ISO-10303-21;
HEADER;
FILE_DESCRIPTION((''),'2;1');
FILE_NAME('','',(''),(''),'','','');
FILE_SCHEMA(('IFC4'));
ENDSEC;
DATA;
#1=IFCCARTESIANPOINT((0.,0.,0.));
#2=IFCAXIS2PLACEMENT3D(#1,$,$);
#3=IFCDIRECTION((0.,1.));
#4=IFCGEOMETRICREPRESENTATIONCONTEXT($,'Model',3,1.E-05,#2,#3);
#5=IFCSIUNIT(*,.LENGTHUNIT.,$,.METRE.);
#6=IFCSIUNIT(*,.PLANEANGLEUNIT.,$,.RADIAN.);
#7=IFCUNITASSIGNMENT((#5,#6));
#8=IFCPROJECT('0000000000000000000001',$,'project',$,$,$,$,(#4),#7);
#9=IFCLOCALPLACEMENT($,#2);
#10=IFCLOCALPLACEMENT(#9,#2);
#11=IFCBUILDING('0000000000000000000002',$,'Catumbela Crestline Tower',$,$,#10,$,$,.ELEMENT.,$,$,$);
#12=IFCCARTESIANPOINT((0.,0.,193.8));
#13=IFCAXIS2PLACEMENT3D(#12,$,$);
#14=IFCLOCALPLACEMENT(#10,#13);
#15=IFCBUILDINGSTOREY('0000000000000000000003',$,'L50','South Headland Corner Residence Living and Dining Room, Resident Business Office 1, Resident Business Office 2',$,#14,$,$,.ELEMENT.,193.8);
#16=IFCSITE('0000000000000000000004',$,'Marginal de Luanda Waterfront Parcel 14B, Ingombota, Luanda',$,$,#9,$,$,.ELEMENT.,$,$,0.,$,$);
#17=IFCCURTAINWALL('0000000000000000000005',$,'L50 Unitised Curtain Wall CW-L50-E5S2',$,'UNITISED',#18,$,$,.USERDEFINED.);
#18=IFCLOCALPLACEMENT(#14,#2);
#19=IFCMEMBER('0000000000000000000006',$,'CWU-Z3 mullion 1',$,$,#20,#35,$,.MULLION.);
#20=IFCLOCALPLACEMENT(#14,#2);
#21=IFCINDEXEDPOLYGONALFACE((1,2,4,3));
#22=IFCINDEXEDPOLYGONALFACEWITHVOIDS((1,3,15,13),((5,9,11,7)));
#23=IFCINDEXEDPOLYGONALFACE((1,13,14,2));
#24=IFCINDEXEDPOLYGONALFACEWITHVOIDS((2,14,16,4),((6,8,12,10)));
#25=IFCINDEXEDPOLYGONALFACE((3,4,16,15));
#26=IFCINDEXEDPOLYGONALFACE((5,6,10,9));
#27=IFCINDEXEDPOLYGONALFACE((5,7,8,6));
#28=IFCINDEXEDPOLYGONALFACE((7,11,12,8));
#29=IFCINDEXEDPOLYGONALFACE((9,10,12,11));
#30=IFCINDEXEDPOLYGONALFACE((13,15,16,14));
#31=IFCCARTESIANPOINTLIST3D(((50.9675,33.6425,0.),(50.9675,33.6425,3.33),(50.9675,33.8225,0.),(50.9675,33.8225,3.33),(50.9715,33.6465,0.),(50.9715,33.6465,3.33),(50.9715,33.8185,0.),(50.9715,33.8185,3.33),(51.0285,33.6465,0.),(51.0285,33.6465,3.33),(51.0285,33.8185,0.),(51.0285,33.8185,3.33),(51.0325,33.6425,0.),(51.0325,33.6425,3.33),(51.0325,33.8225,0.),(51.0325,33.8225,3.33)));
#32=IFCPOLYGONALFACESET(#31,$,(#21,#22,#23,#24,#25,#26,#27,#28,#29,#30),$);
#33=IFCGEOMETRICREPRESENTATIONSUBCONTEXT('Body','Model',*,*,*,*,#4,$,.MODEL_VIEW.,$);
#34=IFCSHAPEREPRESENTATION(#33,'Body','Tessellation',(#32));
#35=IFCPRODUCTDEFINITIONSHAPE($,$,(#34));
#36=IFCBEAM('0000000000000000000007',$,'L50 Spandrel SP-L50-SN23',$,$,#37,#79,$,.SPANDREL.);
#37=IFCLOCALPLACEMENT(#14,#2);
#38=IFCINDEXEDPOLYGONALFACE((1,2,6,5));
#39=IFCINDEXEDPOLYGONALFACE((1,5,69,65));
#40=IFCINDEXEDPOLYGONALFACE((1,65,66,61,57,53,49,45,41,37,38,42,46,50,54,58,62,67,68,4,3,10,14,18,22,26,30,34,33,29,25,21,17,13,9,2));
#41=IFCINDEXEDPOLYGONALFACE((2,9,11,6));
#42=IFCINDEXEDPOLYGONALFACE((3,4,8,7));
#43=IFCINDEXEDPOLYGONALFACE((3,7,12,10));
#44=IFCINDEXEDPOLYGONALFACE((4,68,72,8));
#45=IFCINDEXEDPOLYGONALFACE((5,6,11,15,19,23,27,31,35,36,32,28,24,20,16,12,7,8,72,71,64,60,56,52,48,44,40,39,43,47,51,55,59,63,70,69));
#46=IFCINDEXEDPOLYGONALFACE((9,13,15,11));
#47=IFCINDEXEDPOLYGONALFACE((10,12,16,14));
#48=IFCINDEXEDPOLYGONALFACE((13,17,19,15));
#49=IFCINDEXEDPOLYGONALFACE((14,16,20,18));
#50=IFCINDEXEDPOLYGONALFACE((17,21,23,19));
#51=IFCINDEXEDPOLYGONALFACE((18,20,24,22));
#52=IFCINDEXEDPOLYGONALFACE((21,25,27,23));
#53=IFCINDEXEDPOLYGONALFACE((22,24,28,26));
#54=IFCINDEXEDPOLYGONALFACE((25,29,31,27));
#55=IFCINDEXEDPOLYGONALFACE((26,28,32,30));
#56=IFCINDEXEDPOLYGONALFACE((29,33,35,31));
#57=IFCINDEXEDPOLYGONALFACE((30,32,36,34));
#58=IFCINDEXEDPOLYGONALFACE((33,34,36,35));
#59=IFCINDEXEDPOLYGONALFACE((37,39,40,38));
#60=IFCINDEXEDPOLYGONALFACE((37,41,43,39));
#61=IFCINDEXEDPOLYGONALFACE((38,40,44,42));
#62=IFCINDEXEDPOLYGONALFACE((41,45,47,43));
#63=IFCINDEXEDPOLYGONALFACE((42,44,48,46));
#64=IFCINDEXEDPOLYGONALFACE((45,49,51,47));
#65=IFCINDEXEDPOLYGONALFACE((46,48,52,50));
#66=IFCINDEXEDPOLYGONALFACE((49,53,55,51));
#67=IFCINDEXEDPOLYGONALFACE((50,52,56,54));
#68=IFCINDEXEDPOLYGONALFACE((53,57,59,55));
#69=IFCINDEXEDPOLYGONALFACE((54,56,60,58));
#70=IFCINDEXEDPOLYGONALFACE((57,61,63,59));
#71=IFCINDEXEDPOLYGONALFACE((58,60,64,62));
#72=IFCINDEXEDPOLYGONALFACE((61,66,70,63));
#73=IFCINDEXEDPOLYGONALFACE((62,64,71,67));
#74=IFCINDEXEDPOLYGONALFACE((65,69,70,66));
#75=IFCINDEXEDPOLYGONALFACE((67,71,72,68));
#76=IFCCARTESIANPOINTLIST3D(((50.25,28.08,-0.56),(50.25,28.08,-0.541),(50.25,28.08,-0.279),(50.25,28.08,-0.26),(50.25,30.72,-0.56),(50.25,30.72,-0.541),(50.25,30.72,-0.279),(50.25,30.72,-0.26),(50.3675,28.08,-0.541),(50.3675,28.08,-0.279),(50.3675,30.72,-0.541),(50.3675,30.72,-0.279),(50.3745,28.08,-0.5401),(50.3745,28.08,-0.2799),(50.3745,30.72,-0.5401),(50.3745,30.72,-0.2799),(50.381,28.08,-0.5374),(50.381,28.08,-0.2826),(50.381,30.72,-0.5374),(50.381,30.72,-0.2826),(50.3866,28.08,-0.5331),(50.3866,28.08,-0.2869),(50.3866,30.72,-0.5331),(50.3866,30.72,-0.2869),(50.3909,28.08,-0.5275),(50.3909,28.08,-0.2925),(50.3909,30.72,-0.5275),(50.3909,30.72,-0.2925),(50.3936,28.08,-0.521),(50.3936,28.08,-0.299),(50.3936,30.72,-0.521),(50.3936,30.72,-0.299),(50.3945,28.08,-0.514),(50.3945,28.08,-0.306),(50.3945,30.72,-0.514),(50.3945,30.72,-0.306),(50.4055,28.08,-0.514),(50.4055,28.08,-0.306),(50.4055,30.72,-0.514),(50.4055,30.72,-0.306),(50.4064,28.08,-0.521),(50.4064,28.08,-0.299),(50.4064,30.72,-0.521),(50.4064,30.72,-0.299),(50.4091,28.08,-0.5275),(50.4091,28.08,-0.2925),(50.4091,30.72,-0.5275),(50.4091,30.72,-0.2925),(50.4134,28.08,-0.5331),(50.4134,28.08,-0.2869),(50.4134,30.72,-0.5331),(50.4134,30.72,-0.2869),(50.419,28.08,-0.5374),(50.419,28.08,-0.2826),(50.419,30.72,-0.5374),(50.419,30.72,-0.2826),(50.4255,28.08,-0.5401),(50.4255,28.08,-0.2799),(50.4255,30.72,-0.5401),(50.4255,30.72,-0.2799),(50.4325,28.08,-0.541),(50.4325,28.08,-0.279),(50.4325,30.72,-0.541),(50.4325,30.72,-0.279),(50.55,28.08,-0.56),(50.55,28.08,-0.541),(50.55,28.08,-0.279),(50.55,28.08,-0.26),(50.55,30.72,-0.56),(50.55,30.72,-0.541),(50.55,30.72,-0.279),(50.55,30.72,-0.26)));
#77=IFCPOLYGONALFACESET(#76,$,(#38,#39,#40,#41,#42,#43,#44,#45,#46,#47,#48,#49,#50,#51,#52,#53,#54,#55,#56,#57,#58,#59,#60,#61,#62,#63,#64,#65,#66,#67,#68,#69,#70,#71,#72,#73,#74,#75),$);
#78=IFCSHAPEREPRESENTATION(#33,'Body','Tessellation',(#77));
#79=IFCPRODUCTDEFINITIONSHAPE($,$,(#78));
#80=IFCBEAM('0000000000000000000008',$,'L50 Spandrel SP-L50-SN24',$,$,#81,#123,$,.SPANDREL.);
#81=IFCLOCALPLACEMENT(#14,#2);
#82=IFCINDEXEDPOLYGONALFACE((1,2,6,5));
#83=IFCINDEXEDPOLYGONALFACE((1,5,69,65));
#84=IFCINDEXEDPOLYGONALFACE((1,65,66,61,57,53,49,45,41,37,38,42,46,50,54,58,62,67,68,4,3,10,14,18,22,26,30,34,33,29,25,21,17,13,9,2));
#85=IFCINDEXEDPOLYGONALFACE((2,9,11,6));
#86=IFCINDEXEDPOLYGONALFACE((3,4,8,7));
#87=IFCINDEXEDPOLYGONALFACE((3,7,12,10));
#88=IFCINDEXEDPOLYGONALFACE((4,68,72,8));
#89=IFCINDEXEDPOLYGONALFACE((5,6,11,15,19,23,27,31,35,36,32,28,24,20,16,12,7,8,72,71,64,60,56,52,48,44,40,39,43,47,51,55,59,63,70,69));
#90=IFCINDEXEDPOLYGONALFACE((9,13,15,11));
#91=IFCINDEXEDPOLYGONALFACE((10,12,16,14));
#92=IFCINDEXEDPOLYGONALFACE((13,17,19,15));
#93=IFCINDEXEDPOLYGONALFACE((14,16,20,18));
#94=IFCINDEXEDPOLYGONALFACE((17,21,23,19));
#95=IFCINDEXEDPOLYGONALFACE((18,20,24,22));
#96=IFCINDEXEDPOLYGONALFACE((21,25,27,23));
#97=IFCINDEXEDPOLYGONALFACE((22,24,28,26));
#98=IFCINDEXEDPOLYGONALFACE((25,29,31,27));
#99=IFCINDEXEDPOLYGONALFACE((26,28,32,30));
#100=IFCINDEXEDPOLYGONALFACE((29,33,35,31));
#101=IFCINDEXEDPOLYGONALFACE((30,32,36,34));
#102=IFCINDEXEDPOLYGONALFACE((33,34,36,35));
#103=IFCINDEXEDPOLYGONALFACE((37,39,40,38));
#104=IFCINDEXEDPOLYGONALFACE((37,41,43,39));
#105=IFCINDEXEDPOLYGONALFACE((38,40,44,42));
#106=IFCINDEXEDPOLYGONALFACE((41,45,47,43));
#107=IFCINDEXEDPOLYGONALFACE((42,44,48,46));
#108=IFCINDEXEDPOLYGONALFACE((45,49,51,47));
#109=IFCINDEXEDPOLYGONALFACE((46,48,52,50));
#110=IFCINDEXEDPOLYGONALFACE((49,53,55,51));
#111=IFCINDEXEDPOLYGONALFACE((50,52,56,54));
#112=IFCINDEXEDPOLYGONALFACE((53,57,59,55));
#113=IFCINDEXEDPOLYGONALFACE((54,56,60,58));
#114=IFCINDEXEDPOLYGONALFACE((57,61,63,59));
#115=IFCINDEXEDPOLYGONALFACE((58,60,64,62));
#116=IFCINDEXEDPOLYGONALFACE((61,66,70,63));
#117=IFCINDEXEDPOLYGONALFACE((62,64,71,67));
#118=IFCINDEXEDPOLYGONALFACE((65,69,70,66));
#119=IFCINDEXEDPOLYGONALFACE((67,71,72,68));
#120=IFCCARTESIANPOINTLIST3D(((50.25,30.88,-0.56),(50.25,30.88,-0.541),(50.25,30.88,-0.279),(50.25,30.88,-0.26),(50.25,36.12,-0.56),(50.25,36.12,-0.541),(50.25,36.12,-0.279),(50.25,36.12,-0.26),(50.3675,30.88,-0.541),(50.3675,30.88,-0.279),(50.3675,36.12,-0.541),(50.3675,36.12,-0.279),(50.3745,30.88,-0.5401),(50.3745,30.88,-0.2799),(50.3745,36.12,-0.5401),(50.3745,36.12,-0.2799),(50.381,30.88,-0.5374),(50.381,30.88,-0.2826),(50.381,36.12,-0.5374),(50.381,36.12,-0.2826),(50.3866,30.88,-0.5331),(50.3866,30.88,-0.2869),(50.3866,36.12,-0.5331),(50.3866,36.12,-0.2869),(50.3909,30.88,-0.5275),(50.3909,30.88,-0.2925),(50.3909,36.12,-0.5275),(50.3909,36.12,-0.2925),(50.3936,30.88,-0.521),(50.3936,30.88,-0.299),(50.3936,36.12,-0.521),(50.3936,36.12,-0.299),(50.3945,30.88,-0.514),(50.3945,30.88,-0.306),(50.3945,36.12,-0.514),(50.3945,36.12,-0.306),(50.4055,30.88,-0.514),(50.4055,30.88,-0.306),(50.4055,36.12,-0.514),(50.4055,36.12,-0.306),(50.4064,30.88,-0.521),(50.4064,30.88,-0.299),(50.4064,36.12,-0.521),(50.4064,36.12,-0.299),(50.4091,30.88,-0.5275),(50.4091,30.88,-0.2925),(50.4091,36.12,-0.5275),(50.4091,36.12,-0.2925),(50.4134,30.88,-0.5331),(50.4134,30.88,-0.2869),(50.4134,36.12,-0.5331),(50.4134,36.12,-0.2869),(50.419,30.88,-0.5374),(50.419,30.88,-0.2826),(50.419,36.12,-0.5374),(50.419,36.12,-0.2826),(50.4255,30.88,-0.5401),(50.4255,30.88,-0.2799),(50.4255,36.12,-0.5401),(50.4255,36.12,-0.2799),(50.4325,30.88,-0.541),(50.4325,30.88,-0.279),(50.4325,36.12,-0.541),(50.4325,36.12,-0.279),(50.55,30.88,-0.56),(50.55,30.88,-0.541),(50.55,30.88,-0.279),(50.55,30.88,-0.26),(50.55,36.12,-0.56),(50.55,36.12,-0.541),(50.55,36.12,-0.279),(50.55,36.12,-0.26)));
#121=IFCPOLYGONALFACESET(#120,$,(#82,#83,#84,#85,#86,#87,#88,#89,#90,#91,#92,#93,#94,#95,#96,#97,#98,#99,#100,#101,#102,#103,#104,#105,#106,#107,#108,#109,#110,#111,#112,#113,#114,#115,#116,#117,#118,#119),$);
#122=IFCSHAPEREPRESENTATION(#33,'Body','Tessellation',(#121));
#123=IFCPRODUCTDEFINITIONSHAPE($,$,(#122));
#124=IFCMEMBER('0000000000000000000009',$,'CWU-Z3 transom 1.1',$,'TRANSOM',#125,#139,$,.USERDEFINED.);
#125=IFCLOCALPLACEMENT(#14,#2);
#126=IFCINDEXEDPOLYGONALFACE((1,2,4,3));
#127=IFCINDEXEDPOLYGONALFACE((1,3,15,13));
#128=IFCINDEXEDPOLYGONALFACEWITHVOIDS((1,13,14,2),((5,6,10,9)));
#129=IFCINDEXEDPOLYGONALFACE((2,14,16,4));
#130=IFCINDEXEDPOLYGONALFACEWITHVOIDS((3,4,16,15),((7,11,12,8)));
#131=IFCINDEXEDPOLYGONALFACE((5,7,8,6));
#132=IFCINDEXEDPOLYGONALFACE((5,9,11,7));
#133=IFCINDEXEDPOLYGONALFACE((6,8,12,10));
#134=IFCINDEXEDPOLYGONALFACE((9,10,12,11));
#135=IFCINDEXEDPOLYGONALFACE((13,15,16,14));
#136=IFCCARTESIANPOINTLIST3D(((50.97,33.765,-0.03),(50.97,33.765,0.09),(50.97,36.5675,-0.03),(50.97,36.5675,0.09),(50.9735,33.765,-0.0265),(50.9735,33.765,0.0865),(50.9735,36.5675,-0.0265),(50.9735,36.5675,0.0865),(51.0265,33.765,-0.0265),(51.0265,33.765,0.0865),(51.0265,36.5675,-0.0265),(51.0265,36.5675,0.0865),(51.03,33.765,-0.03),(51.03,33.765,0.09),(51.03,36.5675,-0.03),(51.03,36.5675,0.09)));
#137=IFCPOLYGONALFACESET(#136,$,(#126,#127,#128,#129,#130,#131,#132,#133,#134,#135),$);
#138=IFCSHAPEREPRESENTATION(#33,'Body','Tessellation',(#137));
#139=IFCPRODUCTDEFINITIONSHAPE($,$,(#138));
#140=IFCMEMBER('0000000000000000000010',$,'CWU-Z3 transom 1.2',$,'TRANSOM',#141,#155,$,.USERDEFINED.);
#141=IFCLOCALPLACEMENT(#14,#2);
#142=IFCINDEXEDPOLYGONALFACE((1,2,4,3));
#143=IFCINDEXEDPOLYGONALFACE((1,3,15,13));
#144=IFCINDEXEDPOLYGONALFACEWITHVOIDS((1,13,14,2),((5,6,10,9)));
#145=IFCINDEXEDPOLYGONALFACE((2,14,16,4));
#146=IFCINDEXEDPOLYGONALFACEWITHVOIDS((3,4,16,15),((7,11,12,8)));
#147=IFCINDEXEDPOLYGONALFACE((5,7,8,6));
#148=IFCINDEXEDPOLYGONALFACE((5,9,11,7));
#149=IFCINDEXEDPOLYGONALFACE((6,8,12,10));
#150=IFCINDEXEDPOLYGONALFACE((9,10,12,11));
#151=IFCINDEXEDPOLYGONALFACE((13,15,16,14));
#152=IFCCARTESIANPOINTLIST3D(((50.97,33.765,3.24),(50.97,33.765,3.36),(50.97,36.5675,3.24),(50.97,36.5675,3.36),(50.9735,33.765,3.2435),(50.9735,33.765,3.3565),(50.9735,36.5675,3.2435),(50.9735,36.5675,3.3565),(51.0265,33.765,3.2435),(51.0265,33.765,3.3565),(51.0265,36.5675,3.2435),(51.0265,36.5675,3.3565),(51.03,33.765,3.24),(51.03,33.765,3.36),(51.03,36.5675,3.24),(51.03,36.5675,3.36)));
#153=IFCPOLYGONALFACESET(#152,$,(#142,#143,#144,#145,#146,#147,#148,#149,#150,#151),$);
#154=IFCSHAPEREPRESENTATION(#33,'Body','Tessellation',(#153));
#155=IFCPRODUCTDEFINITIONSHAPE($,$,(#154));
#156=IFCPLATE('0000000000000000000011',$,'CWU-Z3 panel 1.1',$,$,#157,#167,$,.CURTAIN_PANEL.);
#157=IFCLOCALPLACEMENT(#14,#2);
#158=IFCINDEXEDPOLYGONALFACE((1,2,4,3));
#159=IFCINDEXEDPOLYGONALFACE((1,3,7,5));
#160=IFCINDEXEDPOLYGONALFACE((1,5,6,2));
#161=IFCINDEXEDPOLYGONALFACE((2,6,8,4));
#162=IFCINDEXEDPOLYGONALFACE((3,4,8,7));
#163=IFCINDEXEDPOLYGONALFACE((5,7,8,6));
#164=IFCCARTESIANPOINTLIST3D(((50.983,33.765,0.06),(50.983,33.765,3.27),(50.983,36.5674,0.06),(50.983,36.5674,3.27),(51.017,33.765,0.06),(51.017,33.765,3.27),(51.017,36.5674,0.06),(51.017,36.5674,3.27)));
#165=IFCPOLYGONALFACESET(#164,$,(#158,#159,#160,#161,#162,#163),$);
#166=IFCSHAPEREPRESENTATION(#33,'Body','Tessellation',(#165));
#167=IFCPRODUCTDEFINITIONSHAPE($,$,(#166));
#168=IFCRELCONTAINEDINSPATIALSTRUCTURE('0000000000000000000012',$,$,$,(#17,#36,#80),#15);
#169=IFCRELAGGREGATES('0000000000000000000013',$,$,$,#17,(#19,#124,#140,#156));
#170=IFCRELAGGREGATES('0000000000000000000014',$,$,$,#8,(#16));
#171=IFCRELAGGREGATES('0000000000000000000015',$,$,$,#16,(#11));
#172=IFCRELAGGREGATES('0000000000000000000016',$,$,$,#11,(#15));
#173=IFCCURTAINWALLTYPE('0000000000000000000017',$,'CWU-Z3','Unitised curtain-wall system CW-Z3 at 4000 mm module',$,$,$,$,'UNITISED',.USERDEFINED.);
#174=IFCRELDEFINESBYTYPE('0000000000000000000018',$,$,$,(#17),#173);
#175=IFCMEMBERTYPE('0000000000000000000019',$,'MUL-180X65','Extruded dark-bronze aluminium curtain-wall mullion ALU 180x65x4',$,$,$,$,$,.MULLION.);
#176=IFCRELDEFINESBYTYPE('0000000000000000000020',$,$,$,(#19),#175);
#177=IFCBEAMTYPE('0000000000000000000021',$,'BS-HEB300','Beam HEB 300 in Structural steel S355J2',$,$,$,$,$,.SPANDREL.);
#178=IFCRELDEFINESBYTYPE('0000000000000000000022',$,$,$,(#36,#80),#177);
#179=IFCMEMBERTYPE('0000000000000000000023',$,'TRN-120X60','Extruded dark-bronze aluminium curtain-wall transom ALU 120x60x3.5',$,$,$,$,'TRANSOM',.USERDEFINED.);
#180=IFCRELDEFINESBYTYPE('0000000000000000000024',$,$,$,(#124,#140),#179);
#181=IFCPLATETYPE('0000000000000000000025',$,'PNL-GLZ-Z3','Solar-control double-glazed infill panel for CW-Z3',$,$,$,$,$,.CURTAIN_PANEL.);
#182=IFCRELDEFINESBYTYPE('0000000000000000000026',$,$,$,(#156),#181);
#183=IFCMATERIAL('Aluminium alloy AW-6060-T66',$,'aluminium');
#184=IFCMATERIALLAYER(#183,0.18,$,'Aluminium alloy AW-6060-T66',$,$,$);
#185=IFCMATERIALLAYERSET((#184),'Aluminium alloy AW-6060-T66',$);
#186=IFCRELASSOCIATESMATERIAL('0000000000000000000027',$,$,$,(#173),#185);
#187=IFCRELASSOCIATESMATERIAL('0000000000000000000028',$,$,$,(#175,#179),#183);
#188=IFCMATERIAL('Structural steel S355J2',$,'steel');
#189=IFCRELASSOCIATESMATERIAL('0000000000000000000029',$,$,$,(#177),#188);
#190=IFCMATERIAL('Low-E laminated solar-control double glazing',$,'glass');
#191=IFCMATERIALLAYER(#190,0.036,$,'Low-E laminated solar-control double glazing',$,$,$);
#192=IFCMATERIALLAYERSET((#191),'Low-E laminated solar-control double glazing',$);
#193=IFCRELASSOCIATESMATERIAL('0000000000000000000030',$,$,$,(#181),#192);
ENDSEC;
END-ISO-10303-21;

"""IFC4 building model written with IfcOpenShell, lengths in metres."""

from ifc_helpers import new_model, si_unit, direction, frame, origin, origin_2d, place, context, subcontext, project, spatial, rectangle, hollow_rectangle, i_section, extrude, material, layer, layer_set, material_profile, profile_set, type_object, element, aggregate, save


model = new_model("IFC4")

# Units and contexts
model_context = context("Model", 3, precision=1e-05, world=origin(), true_north=direction((0.0, 1.0)))
body_context = subcontext(model_context, "Body", "Model", "MODEL_VIEW")
ifc_project = project(units=[si_unit("LENGTHUNIT", "METRE"), si_unit("PLANEANGLEUNIT", "RADIAN")], contexts=[model_context])

# Site, building, storey
site_placement = place(None, origin())
site = spatial("IfcSite", under=ifc_project, at=site_placement, Name="Marginal de Luanda Waterfront Parcel 14B, Ingombota, Luanda", CompositionType="ELEMENT", RefElevation=0.0)
building_placement = place(site_placement, origin())
building = spatial("IfcBuilding", under=site, at=building_placement, Name="Catumbela Crestline Tower", CompositionType="ELEMENT")
storey_placement = place(building_placement, frame((0.0, 0.0, 193.8)))
storey = spatial("IfcBuildingStorey", under=building, at=storey_placement, Name="L50", Description="South Headland Corner Residence Living and Dining Room, Resident Business Office 1, Resident Business Office 2", CompositionType="ELEMENT", Elevation=193.8)

# Shared definitions
ifc_material_1 = material(Name="Structural steel S355J2", Category="steel")

# Curtain wall, member
ifc_material_2 = material(Name="Aluminium alloy AW-6060-T66", Category="aluminium")
ifc_layer_1 = layer(ifc_material_2, 0.18, Name="Aluminium alloy AW-6060-T66")
ifc_layer_set_1 = layer_set([ifc_layer_1], Name="Aluminium alloy AW-6060-T66")
curtain_wall_type = type_object("IfcCurtainWallType", Name="CWU-Z3", Description="Unitised curtain-wall system CW-Z3 at 4000 mm module", ElementType="UNITISED", PredefinedType="USERDEFINED", material=ifc_layer_set_1)
curtain_wall_placement = place(storey_placement, origin())
curtain_wall = element("IfcCurtainWall", 1, at=curtain_wall_placement, inside=storey, type_object=curtain_wall_type, Name="L50 Unitised Curtain Wall CW-L50-E5S2", ObjectType="UNITISED", PredefinedType="USERDEFINED")
ifc_material_profile_1 = material_profile(ifc_material_2, hollow_rectangle(XDim=0.065, YDim=0.18, WallThickness=0.004, at=origin_2d()), Name="ALU 180x65x4")
ifc_profile_set_1 = profile_set([ifc_material_profile_1], Name="Aluminium alloy AW-6060-T66")
member_type_1 = type_object("IfcMemberType", Name="MUL-180X65", Description="Extruded dark-bronze aluminium curtain-wall mullion ALU 180x65x4", PredefinedType="MULLION", material=ifc_profile_set_1)
member_1_placement = place(storey_placement, frame((51.0, 33.7325, 0.0), z_axis=(0.0, 0.0, 1.0), x_axis=(-1.0, 0.0, 0.0)))
member_1 = element("IfcMember", 2, at=member_1_placement, type_object=member_type_1, Name="CWU-Z3 mullion 1", PredefinedType="MULLION", context=body_context, shape_type="SweptSolid", body=[
    extrude(hollow_rectangle(XDim=0.065, YDim=0.18, WallThickness=0.004, at=origin_2d()), origin(), (0.0, 0.0, 1.0), 3.33),
])

# Beams
ifc_material_profile_2 = material_profile(ifc_material_1, i_section(OverallWidth=0.3, OverallDepth=0.3, WebThickness=0.011, FlangeThickness=0.019, FilletRadius=0.027, at=origin_2d()), Name="HEB 300")
ifc_profile_set_2 = profile_set([ifc_material_profile_2], Name="Structural steel S355J2")
beam_type_1 = type_object("IfcBeamType", Name="BS-HEB300", Description="Beam HEB 300 in Structural steel S355J2", PredefinedType="SPANDREL", material=ifc_profile_set_2)
beam_1_placement = place(storey_placement, frame((50.4, 28.08, -0.41), z_axis=(0.0, 1.0, 0.0), x_axis=(-1.0, 0.0, 0.0)))
element("IfcBeam", 3, at=beam_1_placement, inside=storey, type_object=beam_type_1, Name="L50 Spandrel SP-L50-SN23", PredefinedType="SPANDREL", context=body_context, shape_type="SweptSolid", body=[
    extrude(i_section(OverallWidth=0.3, OverallDepth=0.3, WebThickness=0.011, FlangeThickness=0.019, FilletRadius=0.027, at=origin_2d()), origin(), (0.0, 0.0, 1.0), 2.64),
])
beam_2_placement = place(storey_placement, frame((50.4, 30.88, -0.41), z_axis=(0.0, 1.0, 0.0), x_axis=(-1.0, 0.0, 0.0)))
element("IfcBeam", 4, at=beam_2_placement, inside=storey, type_object=beam_type_1, Name="L50 Spandrel SP-L50-SN24", PredefinedType="SPANDREL", context=body_context, shape_type="SweptSolid", body=[
    extrude(i_section(OverallWidth=0.3, OverallDepth=0.3, WebThickness=0.011, FlangeThickness=0.019, FilletRadius=0.027, at=origin_2d()), origin(), (0.0, 0.0, 1.0), 5.24),
])

# Members
ifc_material_profile_3 = material_profile(ifc_material_2, hollow_rectangle(XDim=0.06, YDim=0.12, WallThickness=0.0035, at=origin_2d()), Name="ALU 120x60x3.5")
ifc_profile_set_3 = profile_set([ifc_material_profile_3], Name="Aluminium alloy AW-6060-T66")
member_type_2 = type_object("IfcMemberType", Name="TRN-120X60", Description="Extruded dark-bronze aluminium curtain-wall transom ALU 120x60x3.5", ElementType="TRANSOM", PredefinedType="USERDEFINED", material=ifc_profile_set_3)
member_2_placement = place(storey_placement, frame((51.0, 33.765, 0.03), z_axis=(0.0, 1.0, 0.0), x_axis=(-1.0, 0.0, 0.0)))
member_2 = element("IfcMember", 5, at=member_2_placement, type_object=member_type_2, Name="CWU-Z3 transom 1.1", ObjectType="TRANSOM", PredefinedType="USERDEFINED", context=body_context, shape_type="SweptSolid", body=[
    extrude(hollow_rectangle(XDim=0.06, YDim=0.12, WallThickness=0.0035, at=origin_2d()), origin(), (0.0, 0.0, 1.0), 2.8025),
])
member_3_placement = place(storey_placement, frame((51.0, 33.765, 3.3), z_axis=(0.0, 1.0, 0.0), x_axis=(-1.0, 0.0, 0.0)))
member_3 = element("IfcMember", 6, at=member_3_placement, type_object=member_type_2, Name="CWU-Z3 transom 1.2", ObjectType="TRANSOM", PredefinedType="USERDEFINED", context=body_context, shape_type="SweptSolid", body=[
    extrude(hollow_rectangle(XDim=0.06, YDim=0.12, WallThickness=0.0035, at=origin_2d()), origin(), (0.0, 0.0, 1.0), 2.8025),
])

# Plate
ifc_material_3 = material(Name="Low-E laminated solar-control double glazing", Category="glass")
ifc_layer_2 = layer(ifc_material_3, 0.036, Name="Low-E laminated solar-control double glazing")
ifc_layer_set_2 = layer_set([ifc_layer_2], Name="Low-E laminated solar-control double glazing")
plate_type = type_object("IfcPlateType", Name="PNL-GLZ-Z3", Description="Solar-control double-glazed infill panel for CW-Z3", PredefinedType="CURTAIN_PANEL", material=ifc_layer_set_2)
plate_placement = place(storey_placement, frame((51.0, 35.1662, 0.06), z_axis=(0.0, 0.0, 1.0), x_axis=(0.0, 1.0, 0.0)))
plate = element("IfcPlate", 7, at=plate_placement, type_object=plate_type, Name="CWU-Z3 panel 1.1", PredefinedType="CURTAIN_PANEL", context=body_context, shape_type="SweptSolid", body=[
    extrude(rectangle(XDim=2.8025, YDim=0.034, at=origin_2d()), origin(), (0.0, 0.0, 1.0), 3.21),
])
aggregate(curtain_wall, [member_1, member_2, member_3, plate])

save(model, "model.ifc")
